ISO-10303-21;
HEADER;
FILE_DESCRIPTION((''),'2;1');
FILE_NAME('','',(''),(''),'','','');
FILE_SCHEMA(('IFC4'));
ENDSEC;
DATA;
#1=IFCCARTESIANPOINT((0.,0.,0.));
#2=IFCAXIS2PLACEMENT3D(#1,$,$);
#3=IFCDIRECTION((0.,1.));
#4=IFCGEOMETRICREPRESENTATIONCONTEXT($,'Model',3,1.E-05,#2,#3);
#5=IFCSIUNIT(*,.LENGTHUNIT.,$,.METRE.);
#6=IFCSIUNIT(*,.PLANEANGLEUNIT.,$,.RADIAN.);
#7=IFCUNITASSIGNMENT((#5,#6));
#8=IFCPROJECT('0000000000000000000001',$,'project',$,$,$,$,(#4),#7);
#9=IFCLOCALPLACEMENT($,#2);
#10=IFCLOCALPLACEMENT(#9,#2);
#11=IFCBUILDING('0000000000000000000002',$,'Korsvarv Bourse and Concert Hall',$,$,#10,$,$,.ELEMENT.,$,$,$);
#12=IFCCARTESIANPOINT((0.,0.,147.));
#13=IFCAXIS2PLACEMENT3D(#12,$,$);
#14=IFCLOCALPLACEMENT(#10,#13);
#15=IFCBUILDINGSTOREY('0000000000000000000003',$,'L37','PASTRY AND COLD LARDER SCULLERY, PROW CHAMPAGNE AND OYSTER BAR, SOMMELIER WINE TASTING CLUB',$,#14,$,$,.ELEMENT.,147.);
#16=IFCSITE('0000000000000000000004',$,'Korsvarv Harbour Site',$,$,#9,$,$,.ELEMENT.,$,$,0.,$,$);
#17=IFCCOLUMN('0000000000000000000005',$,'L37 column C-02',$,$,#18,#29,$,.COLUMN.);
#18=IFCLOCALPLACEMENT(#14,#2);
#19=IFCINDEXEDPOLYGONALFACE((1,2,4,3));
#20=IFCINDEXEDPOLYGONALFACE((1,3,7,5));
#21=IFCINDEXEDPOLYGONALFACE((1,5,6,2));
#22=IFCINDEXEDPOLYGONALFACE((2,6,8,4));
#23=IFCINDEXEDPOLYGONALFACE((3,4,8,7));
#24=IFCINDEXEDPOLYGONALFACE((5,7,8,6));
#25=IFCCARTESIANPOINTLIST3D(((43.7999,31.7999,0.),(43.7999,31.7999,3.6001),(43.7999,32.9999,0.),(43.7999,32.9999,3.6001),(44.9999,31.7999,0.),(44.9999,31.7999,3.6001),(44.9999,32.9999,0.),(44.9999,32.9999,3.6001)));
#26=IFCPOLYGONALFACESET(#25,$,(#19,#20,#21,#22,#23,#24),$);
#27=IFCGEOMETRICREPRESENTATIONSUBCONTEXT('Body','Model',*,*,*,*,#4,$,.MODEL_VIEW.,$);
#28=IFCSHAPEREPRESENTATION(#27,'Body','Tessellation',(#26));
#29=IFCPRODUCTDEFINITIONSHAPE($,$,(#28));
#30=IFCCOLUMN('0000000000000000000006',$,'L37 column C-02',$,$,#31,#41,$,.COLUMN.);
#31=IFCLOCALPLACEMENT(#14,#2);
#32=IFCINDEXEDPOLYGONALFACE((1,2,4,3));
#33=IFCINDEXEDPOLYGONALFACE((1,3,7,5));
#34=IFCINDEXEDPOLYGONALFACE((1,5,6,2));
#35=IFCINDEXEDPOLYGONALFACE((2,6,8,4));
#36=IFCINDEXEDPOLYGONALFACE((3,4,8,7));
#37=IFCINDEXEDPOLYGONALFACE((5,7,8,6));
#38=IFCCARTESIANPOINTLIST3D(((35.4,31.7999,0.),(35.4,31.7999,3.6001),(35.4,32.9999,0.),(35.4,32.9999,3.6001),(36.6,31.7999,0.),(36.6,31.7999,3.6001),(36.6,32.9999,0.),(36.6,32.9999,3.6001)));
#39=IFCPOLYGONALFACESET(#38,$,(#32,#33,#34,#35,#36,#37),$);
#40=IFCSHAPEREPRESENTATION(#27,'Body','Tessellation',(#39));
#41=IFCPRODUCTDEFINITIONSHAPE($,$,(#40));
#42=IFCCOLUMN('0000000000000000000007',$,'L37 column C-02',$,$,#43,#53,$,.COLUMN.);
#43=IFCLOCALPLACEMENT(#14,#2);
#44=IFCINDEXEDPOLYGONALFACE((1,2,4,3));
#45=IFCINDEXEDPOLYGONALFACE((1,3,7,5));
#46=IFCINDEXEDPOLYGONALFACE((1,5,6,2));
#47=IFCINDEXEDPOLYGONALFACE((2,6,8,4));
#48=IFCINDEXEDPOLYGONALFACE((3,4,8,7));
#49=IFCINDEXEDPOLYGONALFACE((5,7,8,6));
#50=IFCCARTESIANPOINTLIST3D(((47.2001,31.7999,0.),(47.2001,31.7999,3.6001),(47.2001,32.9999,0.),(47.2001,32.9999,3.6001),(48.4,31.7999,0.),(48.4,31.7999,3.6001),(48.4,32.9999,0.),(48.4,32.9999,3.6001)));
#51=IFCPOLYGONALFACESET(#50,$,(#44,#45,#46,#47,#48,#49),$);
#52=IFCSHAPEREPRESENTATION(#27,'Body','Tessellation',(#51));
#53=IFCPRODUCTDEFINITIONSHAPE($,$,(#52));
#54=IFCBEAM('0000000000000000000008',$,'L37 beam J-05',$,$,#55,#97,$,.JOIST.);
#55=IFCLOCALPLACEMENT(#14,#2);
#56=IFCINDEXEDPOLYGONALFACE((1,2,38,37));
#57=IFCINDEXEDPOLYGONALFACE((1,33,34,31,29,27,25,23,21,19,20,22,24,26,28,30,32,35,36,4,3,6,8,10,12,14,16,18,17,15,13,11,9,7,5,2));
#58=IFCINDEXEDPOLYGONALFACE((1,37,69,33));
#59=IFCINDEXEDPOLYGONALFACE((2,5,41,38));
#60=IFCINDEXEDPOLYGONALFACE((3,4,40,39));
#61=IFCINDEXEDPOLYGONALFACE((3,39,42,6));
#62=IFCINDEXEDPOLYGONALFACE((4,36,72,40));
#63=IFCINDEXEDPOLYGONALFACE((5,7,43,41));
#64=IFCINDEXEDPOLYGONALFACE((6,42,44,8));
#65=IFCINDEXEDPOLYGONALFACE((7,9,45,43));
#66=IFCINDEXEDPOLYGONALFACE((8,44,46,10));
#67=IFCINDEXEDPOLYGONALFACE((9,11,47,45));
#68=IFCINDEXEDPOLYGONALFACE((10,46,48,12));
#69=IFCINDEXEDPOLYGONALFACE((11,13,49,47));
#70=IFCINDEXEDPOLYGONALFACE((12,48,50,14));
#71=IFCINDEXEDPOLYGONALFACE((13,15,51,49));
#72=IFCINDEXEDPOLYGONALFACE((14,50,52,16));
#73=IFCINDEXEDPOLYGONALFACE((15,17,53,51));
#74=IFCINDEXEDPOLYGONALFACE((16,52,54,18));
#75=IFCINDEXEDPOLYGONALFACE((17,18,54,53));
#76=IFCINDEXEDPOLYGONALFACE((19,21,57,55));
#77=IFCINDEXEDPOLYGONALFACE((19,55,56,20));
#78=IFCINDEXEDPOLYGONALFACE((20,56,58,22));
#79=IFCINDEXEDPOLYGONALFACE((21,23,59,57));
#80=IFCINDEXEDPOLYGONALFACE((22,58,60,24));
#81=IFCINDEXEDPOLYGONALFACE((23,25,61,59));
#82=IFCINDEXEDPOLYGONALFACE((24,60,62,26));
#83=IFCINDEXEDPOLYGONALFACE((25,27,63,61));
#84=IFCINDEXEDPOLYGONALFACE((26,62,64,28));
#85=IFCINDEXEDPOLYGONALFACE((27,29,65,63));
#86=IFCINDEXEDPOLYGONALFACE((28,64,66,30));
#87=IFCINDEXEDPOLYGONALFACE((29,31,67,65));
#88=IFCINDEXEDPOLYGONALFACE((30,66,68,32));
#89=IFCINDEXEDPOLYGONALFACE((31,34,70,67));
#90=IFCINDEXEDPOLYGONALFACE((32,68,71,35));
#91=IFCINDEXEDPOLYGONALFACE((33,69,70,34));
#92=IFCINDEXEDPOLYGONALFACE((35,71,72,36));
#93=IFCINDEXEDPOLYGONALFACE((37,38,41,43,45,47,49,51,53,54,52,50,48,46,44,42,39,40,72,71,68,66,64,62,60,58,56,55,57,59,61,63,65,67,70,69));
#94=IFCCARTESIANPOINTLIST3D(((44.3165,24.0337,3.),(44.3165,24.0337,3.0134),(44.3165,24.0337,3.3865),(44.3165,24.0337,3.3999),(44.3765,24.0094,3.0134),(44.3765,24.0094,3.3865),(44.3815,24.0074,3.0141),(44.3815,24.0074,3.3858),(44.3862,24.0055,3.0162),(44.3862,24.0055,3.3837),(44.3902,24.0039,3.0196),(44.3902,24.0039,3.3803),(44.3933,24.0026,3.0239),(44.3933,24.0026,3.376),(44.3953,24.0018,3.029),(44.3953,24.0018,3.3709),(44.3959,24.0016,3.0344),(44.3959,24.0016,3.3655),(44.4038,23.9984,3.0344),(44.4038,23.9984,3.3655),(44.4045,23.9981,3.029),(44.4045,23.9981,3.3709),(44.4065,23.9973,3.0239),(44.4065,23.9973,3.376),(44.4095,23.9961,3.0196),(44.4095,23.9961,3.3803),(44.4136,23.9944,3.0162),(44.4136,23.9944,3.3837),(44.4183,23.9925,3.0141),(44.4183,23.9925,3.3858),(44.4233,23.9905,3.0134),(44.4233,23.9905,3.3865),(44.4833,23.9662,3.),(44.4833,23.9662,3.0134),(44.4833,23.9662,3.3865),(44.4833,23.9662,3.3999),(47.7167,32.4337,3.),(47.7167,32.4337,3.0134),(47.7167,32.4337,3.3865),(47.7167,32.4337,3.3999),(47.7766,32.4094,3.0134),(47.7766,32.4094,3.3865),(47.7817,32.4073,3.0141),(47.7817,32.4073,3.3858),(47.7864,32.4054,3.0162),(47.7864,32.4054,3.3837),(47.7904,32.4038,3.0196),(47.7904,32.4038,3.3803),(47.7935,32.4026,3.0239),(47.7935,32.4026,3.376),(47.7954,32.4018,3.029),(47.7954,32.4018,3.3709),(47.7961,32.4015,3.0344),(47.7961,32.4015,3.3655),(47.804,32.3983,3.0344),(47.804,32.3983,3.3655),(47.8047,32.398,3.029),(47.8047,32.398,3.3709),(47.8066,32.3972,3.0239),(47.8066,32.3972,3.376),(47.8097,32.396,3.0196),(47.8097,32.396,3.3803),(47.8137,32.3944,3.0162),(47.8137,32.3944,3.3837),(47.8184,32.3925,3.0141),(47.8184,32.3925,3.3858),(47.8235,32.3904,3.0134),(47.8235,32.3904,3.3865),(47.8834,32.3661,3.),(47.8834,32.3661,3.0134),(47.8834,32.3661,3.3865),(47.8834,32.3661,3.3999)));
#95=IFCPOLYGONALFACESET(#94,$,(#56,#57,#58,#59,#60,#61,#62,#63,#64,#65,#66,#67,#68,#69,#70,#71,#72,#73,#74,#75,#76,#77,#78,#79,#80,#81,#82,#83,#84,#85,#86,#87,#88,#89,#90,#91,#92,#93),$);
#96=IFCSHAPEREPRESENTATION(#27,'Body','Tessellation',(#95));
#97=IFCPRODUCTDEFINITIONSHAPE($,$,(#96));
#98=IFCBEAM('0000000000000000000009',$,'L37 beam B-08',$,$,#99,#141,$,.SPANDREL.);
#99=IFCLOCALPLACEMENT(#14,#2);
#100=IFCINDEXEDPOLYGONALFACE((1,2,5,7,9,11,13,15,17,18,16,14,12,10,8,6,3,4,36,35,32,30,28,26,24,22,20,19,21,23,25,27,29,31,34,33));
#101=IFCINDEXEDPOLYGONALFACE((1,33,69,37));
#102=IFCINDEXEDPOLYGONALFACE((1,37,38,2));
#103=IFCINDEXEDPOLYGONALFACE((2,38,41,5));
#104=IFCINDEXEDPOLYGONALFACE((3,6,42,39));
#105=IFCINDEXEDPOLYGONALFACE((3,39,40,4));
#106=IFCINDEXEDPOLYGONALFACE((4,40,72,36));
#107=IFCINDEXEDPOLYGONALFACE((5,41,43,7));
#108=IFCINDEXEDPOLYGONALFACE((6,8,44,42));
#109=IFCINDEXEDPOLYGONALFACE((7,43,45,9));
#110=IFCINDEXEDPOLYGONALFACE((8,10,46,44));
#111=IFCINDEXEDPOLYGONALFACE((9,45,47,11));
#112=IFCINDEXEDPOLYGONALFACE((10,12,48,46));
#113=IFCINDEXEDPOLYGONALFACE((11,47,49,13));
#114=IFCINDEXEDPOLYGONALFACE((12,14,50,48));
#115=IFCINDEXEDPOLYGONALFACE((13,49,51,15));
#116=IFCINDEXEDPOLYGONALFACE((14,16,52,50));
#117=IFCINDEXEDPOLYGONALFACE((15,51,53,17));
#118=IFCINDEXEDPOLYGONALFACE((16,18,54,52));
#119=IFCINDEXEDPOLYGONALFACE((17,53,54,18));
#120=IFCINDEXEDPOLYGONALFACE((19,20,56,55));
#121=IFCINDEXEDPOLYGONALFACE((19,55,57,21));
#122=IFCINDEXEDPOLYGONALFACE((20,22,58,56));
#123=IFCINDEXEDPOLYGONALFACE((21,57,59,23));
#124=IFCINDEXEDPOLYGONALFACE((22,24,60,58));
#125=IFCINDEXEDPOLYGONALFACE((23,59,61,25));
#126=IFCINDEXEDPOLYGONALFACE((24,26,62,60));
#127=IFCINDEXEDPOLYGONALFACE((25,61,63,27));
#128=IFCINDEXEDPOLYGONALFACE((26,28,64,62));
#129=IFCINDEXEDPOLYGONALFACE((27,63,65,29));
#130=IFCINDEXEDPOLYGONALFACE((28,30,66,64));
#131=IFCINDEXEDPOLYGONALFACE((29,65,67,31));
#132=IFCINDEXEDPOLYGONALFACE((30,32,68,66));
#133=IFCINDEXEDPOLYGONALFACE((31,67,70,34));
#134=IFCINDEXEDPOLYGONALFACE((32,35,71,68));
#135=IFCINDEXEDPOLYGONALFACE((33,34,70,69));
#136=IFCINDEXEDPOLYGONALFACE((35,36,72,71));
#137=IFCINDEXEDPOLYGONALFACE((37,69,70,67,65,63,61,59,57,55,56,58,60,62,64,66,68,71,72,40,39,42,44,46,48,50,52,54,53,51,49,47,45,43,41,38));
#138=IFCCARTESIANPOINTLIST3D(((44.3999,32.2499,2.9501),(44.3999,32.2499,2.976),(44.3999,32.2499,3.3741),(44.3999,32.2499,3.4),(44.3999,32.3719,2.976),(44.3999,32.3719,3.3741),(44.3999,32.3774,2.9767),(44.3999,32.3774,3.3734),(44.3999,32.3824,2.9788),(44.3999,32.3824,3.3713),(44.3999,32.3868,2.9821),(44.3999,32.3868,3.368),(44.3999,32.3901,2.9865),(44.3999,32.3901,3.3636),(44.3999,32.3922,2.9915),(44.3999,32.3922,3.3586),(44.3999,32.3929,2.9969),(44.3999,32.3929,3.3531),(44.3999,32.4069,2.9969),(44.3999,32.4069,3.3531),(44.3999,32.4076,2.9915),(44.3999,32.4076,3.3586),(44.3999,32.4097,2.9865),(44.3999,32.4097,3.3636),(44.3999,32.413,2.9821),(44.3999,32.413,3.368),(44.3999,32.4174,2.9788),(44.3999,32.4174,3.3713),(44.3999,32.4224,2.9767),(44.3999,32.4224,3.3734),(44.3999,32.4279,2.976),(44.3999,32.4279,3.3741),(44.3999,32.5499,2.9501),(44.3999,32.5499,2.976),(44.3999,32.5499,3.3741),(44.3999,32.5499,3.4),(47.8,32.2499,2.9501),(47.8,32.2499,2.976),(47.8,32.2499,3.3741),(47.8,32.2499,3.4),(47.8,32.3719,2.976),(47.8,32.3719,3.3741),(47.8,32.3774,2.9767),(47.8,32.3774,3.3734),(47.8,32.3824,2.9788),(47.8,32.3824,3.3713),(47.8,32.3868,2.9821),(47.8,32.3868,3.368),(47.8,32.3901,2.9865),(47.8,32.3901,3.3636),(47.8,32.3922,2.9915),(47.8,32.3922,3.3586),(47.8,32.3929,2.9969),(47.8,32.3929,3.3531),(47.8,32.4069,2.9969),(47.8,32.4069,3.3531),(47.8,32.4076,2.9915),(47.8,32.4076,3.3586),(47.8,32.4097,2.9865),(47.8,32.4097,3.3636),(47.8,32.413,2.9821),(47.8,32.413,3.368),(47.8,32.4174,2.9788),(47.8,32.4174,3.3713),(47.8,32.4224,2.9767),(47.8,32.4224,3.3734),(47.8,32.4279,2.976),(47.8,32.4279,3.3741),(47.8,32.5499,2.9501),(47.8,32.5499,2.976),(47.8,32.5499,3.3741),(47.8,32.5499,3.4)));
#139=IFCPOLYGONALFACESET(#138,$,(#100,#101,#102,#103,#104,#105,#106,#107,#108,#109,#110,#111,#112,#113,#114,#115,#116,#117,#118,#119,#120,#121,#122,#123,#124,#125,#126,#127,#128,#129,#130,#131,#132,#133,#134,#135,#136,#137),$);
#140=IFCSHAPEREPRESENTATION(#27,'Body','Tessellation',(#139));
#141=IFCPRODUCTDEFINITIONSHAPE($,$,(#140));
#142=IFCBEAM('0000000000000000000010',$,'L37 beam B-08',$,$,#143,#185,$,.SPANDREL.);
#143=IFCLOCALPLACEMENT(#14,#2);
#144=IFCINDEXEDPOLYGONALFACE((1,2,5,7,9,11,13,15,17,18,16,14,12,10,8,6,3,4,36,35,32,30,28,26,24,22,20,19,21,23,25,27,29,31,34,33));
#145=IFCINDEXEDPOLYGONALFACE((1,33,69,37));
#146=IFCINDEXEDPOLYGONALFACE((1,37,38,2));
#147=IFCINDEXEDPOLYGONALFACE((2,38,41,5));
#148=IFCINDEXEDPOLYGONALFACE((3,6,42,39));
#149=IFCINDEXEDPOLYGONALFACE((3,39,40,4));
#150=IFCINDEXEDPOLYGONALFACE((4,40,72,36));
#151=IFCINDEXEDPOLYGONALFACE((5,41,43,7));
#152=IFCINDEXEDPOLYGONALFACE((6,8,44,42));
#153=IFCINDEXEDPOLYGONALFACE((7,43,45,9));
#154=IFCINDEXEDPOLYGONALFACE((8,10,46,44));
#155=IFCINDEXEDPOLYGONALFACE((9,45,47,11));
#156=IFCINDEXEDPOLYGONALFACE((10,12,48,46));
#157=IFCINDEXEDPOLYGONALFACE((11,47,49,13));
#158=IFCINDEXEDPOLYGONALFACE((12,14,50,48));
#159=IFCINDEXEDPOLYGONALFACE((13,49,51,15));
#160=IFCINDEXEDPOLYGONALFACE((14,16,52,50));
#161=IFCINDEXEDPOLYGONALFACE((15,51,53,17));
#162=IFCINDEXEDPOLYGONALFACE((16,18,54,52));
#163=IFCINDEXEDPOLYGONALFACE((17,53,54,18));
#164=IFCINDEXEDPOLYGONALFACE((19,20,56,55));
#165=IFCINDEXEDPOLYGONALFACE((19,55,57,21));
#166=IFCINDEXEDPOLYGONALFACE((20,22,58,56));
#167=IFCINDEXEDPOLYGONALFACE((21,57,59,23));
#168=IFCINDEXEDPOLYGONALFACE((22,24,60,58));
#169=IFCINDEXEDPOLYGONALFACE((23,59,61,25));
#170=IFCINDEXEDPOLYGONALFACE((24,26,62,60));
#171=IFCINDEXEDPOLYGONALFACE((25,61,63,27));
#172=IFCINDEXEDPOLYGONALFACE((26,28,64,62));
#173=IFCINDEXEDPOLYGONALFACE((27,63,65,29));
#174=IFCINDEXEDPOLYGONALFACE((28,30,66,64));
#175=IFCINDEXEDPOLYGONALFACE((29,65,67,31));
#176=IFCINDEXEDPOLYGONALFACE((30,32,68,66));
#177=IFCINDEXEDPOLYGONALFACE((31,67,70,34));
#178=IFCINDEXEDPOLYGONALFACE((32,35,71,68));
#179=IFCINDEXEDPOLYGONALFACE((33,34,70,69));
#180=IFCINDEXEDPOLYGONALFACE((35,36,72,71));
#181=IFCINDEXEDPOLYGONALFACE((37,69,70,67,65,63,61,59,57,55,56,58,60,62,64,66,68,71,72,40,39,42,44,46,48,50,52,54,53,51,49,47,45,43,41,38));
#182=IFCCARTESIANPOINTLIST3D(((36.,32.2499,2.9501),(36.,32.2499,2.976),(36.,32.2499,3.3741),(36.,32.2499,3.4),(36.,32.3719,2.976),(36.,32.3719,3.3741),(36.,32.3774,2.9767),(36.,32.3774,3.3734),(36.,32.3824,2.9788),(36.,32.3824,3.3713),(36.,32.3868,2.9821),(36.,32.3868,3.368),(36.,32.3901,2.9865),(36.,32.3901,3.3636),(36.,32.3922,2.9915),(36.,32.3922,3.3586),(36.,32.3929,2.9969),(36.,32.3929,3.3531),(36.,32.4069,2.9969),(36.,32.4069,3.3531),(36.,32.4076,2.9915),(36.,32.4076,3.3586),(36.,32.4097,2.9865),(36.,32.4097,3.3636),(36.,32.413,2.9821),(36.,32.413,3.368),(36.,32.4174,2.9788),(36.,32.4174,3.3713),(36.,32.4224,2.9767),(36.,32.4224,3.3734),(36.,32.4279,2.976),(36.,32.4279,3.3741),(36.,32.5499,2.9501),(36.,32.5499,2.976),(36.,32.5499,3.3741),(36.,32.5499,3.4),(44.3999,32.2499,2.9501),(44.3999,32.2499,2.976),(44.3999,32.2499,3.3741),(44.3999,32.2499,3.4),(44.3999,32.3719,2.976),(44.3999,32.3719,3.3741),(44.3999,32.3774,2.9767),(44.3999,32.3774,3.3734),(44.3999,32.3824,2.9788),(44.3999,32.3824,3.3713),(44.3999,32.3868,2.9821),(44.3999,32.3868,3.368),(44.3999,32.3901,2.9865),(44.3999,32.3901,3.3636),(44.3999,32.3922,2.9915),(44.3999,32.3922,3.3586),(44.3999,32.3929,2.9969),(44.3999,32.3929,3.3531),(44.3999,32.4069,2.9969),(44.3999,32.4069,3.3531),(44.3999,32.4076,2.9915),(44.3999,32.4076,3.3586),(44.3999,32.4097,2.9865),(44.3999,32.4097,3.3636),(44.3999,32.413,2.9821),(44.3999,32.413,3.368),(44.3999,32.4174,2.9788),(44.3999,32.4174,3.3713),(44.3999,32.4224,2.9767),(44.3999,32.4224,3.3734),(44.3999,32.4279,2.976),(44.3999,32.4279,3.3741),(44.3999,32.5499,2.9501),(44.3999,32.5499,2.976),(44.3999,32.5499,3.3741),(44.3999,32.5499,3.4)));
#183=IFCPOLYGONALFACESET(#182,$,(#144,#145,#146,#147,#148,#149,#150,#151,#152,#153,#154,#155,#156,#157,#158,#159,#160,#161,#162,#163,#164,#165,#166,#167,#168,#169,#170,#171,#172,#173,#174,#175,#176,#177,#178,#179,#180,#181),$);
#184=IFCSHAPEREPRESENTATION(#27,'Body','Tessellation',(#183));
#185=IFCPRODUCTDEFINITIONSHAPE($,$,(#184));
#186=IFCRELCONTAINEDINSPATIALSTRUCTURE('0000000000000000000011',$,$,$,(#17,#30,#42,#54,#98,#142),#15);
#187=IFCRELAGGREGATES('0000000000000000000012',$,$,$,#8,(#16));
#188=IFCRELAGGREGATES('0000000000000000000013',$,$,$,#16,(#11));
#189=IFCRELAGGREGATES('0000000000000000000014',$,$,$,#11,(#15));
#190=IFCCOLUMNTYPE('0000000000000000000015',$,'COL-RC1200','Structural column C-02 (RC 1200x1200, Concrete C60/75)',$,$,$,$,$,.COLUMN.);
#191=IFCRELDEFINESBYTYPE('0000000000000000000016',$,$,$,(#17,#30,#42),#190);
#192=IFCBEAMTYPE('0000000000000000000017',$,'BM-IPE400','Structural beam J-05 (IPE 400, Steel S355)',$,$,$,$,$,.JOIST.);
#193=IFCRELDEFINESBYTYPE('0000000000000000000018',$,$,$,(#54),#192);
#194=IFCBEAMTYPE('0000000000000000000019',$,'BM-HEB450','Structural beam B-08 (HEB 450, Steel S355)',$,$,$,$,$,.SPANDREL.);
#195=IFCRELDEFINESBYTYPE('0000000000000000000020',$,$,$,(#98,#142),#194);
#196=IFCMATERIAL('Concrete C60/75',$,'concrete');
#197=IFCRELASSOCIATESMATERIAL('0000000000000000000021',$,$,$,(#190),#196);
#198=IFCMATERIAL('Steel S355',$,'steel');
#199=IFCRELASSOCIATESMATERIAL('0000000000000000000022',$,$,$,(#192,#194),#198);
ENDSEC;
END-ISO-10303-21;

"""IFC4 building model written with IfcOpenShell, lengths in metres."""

from ifc_helpers import new_model, si_unit, direction, frame, origin, origin_2d, place, context, subcontext, project, spatial, rectangle, i_section, extrude, source, transform, mapped, material, material_profile, profile_set, type_object, element, save


model = new_model("IFC4")

# Units and contexts
model_context = context("Model", 3, precision=1e-05, world=origin(), true_north=direction((0.0, 1.0)))
body_context = subcontext(model_context, "Body", "Model", "MODEL_VIEW")
ifc_project = project(units=[si_unit("LENGTHUNIT", "METRE"), si_unit("PLANEANGLEUNIT", "RADIAN")], contexts=[model_context])

# Site, building, storey
site_placement = place(None, origin())
site = spatial("IfcSite", under=ifc_project, at=site_placement, Name="Korsvarv Harbour Site", CompositionType="ELEMENT", RefElevation=0.0)
building_placement = place(site_placement, origin())
building = spatial("IfcBuilding", under=site, at=building_placement, Name="Korsvarv Bourse and Concert Hall", CompositionType="ELEMENT")
storey_placement = place(building_placement, frame((0.0, 0.0, 147.0)))
storey = spatial("IfcBuildingStorey", under=building, at=storey_placement, Name="L37", Description="PASTRY AND COLD LARDER SCULLERY, PROW CHAMPAGNE AND OYSTER BAR, SOMMELIER WINE TASTING CLUB", CompositionType="ELEMENT", Elevation=147.0)

# Columns
ifc_material_1 = material(Name="Concrete C60/75", Category="concrete")
ifc_material_profile_1 = material_profile(ifc_material_1, rectangle(XDim=1.2, YDim=1.2, at=origin_2d()), Name="RC 1200x1200")
ifc_profile_set_1 = profile_set([ifc_material_profile_1], Name="Concrete C60/75")
column_type = type_object("IfcColumnType", Name="COL-RC1200", Description="Structural column C-02 (RC 1200x1200, Concrete C60/75)", PredefinedType="COLUMN", material=ifc_profile_set_1)
shared_shape_1 = source(origin(), body_context, "Body", "SweptSolid", [
    extrude(rectangle(XDim=1.2, YDim=1.2, at=origin_2d()), origin(), (0.0, 0.0, 1.0), 3.6001),
])
for number, where, z_axis, x_axis, name in (
    (1, (44.3999, 32.3999, 0.0), (0.0, 0.0, 1.0), (1.0, 0.0, 0.0), "L37 column C-02"),
    (2, (36.0, 32.3999, 0.0), (0.0, 0.0, 1.0), (1.0, 0.0, 0.0), "L37 column C-02"),
    (3, (47.8, 32.3999, 0.0), (0.0, 0.0, 1.0), (1.0, 0.0, 0.0), "L37 column C-02"),
):
    element("IfcColumn", number, at=place(storey_placement, frame(where, z_axis=z_axis, x_axis=x_axis)), inside=storey, type_object=column_type, Name=name, PredefinedType="COLUMN", context=body_context, shape_type="MappedRepresentation", body=[
        mapped(shared_shape_1, transform((0.0, 0.0, 0.0), scale=1.0)),
    ])

# Beams
ifc_material_2 = material(Name="Steel S355", Category="steel")
ifc_material_profile_2 = material_profile(ifc_material_2, i_section(OverallWidth=0.1799, OverallDepth=0.3999, WebThickness=0.0085, FlangeThickness=0.0134, FilletRadius=0.021, at=origin_2d()), Name="IPE 400")
ifc_profile_set_2 = profile_set([ifc_material_profile_2], Name="Steel S355")
beam_type_1 = type_object("IfcBeamType", Name="BM-IPE400", Description="Structural beam J-05 (IPE 400, Steel S355)", PredefinedType="JOIST", material=ifc_profile_set_2)
shared_shape_2 = source(origin(), body_context, "Body", "SweptSolid", [
    extrude(i_section(OverallWidth=0.1799, OverallDepth=0.3999, WebThickness=0.0085, FlangeThickness=0.0134, FilletRadius=0.021, at=origin_2d()), origin(), (0.0, 0.0, 1.0), 9.062),
])
beam_1_placement = place(storey_placement, frame((47.8, 32.3999, 3.2), z_axis=(-0.37521, -0.92694, 0.0), x_axis=(0.92694, -0.37521, 0.0)))
element("IfcBeam", 4, at=beam_1_placement, inside=storey, type_object=beam_type_1, Name="L37 beam J-05", PredefinedType="JOIST", context=body_context, shape_type="MappedRepresentation", body=[
    mapped(shared_shape_2, transform((0.0, 0.0, 0.0), scale=1.0)),
])
ifc_material_profile_3 = material_profile(ifc_material_2, i_section(OverallWidth=0.3, OverallDepth=0.45, WebThickness=0.0139, FlangeThickness=0.0259, FilletRadius=0.021, at=origin_2d()), Name="HEB 450")
ifc_profile_set_3 = profile_set([ifc_material_profile_3], Name="Steel S355")
beam_type_2 = type_object("IfcBeamType", Name="BM-HEB450", Description="Structural beam B-08 (HEB 450, Steel S355)", PredefinedType="SPANDREL", material=ifc_profile_set_3)
shared_shape_3 = source(origin(), body_context, "Body", "SweptSolid", [
    extrude(i_section(OverallWidth=0.3, OverallDepth=0.45, WebThickness=0.0139, FlangeThickness=0.0259, FilletRadius=0.021, at=origin_2d()), origin(), (0.0, 0.0, 1.0), 3.4001),
])
beam_2_placement = place(storey_placement, frame((44.3999, 32.3999, 3.175), z_axis=(1.0, 0.0, 0.0), x_axis=(0.0, 1.0, 0.0)))
element("IfcBeam", 5, at=beam_2_placement, inside=storey, type_object=beam_type_2, Name="L37 beam B-08", PredefinedType="SPANDREL", context=body_context, shape_type="MappedRepresentation", body=[
    mapped(shared_shape_3, transform((0.0, 0.0, 0.0), scale=1.0)),
])
shared_shape_4 = source(origin(), body_context, "Body", "SweptSolid", [
    extrude(i_section(OverallWidth=0.3, OverallDepth=0.45, WebThickness=0.0139, FlangeThickness=0.0259, FilletRadius=0.021, at=origin_2d()), origin(), (0.0, 0.0, 1.0), 8.3999),
])
beam_3_placement = place(storey_placement, frame((36.0, 32.3999, 3.175), z_axis=(1.0, 0.0, 0.0), x_axis=(0.0, 1.0, 0.0)))
element("IfcBeam", 6, at=beam_3_placement, inside=storey, type_object=beam_type_2, Name="L37 beam B-08", PredefinedType="SPANDREL", context=body_context, shape_type="MappedRepresentation", body=[
    mapped(shared_shape_4, transform((0.0, 0.0, 0.0), scale=1.0)),
])

save(model, "model.ifc")
